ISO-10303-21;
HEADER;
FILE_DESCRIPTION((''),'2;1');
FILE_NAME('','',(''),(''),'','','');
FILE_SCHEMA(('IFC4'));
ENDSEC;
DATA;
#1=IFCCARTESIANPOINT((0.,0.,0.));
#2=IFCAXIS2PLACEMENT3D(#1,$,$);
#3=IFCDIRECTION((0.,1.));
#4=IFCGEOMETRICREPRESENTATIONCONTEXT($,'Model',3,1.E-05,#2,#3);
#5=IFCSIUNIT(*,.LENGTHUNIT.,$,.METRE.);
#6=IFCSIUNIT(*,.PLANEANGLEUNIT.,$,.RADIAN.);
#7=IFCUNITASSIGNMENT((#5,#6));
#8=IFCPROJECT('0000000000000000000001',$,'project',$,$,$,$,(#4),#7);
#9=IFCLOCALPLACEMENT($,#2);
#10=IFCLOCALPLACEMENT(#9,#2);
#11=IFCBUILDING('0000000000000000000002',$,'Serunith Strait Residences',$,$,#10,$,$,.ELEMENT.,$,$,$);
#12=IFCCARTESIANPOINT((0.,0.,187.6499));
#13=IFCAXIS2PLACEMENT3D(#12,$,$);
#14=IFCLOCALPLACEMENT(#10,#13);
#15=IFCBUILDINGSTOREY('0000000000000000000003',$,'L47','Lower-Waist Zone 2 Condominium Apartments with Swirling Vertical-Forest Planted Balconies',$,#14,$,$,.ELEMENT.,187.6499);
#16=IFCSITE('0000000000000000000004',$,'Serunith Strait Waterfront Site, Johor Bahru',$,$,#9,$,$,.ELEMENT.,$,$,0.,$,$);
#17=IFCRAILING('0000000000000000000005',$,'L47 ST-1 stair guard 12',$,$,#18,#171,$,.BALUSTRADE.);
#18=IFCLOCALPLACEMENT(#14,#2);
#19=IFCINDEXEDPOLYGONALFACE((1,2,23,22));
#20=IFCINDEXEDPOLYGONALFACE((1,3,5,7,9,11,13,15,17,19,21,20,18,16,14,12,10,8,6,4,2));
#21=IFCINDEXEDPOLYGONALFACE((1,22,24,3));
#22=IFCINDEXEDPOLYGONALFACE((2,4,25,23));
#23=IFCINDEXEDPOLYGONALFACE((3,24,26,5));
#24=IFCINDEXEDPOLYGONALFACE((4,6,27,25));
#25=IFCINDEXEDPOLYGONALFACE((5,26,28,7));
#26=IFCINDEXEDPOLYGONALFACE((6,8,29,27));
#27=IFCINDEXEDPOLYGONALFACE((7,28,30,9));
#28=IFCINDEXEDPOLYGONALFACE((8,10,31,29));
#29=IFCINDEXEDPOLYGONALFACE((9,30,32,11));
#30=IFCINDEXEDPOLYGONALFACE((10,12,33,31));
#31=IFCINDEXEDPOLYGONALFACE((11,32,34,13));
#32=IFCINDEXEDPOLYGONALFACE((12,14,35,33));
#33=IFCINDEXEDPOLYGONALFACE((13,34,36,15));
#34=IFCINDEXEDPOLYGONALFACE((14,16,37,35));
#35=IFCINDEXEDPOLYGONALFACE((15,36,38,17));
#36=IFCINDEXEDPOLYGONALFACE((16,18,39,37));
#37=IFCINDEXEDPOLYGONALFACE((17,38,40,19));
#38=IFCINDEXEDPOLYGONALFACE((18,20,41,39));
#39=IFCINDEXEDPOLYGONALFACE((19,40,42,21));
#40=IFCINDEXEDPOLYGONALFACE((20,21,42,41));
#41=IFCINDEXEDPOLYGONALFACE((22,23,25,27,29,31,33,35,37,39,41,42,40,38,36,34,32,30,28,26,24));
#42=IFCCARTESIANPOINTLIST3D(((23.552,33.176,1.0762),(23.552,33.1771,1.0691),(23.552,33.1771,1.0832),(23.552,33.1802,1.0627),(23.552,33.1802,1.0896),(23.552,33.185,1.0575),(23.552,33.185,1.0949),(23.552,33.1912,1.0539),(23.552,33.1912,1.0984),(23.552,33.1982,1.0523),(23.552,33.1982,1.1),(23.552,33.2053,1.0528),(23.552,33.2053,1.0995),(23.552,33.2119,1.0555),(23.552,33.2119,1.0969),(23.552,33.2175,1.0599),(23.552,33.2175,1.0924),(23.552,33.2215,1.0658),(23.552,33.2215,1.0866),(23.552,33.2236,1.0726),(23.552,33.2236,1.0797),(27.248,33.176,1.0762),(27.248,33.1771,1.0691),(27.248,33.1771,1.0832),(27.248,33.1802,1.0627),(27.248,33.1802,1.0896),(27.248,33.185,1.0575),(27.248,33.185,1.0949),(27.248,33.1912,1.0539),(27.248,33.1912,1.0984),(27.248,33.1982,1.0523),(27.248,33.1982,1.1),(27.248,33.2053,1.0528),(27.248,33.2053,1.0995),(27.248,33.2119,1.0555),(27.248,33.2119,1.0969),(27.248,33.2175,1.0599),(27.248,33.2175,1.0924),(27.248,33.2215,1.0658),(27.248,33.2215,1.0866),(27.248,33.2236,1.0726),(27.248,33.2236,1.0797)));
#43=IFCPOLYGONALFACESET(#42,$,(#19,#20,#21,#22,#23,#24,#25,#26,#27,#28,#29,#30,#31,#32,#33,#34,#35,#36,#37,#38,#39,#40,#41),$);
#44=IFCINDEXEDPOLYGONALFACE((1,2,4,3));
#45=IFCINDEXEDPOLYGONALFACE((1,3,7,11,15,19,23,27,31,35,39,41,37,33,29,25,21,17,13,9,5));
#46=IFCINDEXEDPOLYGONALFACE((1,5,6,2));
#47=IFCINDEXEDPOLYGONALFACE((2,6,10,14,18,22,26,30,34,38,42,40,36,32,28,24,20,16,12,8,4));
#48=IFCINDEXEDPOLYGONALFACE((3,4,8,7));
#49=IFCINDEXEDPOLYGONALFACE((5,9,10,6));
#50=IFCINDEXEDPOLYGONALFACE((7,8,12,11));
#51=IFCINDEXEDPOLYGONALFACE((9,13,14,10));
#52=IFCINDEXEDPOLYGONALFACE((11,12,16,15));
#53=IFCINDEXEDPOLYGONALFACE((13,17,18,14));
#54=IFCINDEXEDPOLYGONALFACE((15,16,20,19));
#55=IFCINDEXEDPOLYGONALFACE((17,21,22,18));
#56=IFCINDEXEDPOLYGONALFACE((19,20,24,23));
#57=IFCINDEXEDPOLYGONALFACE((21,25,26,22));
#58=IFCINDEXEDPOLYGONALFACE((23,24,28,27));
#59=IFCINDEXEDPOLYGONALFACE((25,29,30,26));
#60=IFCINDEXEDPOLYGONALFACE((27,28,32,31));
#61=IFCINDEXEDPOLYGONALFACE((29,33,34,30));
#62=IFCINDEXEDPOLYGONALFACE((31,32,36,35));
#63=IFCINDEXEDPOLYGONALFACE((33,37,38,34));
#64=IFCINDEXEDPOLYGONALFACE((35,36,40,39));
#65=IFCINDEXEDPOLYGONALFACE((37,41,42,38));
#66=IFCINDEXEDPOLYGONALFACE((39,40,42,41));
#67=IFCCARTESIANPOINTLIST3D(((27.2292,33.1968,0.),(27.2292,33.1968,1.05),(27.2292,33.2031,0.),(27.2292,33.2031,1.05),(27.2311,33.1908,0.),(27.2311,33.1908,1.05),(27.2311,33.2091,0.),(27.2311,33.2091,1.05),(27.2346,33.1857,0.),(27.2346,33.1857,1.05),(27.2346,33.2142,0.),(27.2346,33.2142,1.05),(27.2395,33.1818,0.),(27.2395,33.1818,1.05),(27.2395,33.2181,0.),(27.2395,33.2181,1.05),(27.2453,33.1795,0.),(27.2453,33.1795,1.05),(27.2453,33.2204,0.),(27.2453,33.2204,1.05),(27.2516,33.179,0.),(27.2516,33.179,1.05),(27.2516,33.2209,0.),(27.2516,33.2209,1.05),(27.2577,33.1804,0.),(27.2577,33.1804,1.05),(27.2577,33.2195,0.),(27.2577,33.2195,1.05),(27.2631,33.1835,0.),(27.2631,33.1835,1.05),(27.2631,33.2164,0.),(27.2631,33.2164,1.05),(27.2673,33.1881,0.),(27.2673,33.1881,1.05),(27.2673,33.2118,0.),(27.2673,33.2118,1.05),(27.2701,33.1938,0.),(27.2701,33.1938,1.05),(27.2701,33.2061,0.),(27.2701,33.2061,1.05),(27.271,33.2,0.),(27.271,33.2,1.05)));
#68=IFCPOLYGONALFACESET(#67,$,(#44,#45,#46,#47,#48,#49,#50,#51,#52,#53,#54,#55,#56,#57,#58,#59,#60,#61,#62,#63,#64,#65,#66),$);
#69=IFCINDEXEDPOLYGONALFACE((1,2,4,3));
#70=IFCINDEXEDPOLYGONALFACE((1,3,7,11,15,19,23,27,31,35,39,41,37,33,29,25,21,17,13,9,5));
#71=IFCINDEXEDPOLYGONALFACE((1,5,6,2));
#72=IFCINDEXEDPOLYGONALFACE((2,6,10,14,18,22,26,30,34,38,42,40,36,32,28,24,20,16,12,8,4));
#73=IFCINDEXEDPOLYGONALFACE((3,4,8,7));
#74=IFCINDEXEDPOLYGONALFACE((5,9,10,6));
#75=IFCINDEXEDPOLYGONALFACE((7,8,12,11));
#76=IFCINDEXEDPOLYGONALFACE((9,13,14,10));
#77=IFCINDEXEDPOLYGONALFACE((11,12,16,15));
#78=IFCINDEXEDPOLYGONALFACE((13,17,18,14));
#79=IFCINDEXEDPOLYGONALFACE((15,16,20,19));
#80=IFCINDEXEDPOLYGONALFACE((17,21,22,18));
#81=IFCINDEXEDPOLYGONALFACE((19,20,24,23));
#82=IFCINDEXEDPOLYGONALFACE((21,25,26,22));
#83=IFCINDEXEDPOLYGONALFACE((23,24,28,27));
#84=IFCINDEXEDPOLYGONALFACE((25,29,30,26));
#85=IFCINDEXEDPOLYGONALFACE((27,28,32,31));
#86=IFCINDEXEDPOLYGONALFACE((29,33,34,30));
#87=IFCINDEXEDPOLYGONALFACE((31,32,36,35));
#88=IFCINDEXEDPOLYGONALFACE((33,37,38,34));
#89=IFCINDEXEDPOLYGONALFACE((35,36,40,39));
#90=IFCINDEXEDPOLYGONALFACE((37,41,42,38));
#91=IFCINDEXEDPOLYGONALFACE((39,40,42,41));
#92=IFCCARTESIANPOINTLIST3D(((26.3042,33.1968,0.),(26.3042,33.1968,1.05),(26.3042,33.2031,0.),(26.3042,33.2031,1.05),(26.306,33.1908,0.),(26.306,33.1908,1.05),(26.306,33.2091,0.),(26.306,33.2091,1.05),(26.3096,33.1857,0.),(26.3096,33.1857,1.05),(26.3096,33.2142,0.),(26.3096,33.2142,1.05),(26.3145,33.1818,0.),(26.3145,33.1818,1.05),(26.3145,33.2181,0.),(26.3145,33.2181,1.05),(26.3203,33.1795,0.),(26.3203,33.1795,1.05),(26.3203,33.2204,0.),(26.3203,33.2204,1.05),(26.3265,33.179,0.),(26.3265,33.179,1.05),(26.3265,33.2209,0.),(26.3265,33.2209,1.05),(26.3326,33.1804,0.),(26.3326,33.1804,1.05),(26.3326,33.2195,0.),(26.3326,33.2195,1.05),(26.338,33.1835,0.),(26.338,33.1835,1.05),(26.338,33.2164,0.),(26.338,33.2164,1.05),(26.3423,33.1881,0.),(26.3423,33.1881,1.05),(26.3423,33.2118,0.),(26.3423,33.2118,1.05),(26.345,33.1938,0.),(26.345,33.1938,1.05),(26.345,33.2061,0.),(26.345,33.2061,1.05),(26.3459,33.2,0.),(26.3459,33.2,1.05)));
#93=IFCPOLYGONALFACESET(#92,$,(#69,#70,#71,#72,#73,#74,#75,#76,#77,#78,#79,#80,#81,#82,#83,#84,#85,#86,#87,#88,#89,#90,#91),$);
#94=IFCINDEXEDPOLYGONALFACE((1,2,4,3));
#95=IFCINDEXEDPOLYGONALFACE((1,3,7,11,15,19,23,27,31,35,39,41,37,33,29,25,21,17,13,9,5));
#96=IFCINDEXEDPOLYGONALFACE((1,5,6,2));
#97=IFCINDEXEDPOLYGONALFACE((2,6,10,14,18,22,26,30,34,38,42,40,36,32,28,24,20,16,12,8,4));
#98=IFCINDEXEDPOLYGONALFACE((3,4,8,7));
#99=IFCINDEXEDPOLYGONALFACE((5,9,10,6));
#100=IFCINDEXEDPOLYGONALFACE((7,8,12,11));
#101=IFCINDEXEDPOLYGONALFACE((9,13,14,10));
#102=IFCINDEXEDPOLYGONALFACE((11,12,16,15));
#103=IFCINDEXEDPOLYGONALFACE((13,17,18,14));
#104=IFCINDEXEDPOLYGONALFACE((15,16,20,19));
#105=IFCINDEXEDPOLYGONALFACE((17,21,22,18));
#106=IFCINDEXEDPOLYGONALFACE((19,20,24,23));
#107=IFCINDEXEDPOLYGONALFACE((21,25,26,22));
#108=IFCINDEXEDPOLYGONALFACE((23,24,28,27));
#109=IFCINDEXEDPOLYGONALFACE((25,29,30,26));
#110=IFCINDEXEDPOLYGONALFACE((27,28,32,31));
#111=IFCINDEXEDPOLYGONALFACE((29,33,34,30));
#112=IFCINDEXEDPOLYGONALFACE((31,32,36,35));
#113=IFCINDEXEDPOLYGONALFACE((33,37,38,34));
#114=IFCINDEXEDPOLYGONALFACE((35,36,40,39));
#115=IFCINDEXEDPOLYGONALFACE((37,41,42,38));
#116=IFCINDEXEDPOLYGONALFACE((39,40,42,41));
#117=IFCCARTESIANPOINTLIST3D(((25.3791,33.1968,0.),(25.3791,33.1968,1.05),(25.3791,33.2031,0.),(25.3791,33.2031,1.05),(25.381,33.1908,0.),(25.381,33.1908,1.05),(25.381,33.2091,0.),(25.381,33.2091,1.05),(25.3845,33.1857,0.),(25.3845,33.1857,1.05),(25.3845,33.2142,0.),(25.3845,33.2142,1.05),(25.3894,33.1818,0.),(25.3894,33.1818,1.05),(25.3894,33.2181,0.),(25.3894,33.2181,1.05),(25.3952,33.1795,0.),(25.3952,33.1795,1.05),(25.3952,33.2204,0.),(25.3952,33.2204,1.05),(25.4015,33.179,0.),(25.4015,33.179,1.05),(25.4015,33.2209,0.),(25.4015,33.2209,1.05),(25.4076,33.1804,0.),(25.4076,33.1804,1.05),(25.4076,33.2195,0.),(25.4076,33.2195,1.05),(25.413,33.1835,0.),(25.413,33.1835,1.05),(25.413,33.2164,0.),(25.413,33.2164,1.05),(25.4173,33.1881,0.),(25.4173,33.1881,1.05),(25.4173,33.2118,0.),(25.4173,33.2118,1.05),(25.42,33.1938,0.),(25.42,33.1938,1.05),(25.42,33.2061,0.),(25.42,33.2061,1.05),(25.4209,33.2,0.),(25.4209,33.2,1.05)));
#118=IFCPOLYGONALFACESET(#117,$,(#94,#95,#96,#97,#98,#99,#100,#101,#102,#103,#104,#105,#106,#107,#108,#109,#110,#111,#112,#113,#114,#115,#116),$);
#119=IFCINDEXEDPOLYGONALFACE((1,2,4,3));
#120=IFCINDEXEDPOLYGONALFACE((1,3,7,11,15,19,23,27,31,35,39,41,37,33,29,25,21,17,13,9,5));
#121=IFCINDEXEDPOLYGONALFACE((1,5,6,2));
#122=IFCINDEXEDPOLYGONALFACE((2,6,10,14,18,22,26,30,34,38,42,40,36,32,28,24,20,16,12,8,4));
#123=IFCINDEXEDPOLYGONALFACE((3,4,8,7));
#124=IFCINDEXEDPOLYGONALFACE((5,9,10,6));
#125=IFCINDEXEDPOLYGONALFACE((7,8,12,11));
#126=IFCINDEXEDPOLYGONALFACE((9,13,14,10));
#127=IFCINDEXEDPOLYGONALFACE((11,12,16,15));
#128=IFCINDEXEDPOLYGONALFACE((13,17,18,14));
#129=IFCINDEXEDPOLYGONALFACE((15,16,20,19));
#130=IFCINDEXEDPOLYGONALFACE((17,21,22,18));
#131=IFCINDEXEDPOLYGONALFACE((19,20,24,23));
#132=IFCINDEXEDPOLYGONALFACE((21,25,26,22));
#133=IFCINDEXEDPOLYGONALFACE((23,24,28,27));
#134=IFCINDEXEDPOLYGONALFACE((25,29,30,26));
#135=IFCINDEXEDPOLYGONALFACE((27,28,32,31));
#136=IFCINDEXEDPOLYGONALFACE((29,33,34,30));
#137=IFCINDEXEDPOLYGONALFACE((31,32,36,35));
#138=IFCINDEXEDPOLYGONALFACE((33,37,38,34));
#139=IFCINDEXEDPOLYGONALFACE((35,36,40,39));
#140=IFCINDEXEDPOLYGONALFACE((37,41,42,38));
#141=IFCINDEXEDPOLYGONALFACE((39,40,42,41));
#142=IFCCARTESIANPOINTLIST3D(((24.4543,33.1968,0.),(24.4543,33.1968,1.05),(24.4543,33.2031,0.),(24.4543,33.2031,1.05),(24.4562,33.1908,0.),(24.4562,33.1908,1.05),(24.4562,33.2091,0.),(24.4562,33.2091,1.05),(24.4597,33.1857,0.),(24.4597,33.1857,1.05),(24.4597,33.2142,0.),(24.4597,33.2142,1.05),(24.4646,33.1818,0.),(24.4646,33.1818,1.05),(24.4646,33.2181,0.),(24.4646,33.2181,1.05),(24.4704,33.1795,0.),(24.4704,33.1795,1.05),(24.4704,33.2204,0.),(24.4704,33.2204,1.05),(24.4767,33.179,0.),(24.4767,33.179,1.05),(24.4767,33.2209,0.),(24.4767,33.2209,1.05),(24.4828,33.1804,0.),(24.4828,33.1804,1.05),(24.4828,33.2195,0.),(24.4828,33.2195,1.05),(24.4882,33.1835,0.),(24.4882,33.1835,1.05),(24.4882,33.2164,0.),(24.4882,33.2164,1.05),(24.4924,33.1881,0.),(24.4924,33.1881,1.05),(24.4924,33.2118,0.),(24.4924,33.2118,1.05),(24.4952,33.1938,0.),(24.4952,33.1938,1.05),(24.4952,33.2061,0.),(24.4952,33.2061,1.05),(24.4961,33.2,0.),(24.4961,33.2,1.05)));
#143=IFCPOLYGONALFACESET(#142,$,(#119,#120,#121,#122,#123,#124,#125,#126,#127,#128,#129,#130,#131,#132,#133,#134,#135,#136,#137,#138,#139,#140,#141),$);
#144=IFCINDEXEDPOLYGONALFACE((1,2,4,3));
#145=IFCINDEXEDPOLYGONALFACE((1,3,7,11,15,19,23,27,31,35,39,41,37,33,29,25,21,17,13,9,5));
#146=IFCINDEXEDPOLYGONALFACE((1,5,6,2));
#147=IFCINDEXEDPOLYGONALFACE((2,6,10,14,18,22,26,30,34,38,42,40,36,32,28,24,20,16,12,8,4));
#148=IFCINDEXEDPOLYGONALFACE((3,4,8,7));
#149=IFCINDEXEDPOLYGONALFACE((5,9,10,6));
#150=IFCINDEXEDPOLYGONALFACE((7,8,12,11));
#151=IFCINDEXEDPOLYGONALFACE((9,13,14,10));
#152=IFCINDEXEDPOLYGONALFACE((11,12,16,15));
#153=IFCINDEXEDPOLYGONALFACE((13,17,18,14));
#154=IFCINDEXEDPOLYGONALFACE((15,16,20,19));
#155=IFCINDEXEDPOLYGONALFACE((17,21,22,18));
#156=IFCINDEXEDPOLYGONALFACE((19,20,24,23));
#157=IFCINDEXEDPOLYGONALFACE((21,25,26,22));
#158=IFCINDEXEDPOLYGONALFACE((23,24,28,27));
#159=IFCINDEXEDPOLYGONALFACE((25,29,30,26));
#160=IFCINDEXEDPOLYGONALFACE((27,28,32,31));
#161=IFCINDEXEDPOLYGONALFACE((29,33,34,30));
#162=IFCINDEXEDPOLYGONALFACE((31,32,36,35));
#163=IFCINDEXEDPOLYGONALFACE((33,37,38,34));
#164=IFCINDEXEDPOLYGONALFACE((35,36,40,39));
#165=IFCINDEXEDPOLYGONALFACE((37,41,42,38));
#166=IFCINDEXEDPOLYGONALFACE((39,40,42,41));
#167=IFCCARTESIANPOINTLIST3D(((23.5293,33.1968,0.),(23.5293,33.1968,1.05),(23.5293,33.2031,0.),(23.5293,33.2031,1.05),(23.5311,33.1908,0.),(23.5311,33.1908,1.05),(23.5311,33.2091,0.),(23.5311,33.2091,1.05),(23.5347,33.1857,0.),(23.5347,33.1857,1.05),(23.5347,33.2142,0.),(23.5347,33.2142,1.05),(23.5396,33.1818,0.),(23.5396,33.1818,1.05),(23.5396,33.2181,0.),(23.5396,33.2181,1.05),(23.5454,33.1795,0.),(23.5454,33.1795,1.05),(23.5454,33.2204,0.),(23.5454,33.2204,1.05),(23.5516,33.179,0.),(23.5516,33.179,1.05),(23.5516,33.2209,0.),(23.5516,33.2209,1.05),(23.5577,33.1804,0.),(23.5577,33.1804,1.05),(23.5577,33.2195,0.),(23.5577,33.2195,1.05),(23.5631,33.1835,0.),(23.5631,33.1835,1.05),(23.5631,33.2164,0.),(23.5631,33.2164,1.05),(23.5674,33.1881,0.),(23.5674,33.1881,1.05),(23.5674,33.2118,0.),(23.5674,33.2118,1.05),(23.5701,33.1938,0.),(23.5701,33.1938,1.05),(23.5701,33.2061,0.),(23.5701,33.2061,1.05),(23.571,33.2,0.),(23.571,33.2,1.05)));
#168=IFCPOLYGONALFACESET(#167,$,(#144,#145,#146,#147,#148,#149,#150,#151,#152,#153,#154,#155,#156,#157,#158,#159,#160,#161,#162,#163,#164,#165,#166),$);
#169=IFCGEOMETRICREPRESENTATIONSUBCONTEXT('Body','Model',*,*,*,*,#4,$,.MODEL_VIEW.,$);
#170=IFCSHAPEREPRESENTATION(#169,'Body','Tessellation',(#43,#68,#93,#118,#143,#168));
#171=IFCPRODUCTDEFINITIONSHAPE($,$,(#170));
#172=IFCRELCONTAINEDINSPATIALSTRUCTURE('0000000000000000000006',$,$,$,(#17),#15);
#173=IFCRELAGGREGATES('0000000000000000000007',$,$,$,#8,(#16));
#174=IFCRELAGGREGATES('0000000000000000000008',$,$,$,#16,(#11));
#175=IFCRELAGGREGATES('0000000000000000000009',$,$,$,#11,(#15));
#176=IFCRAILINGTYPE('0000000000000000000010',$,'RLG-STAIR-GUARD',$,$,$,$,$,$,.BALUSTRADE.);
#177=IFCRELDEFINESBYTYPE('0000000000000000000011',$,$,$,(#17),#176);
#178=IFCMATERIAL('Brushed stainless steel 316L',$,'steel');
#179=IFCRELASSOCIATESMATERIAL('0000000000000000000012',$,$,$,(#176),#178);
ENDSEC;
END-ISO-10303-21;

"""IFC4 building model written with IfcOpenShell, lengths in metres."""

from ifc_helpers import new_model, si_unit, direction, frame, origin, origin_2d, place, context, subcontext, project, spatial, circle, extrude, material, type_object, element, save


model = new_model("IFC4")

# Units and contexts
model_context = context("Model", 3, precision=1e-05, world=origin(), true_north=direction((0.0, 1.0)))
body_context = subcontext(model_context, "Body", "Model", "MODEL_VIEW")
ifc_project = project(units=[si_unit("LENGTHUNIT", "METRE"), si_unit("PLANEANGLEUNIT", "RADIAN")], contexts=[model_context])

# Site, building, storey
site_placement = place(None, origin())
site = spatial("IfcSite", under=ifc_project, at=site_placement, Name="Serunith Strait Waterfront Site, Johor Bahru", CompositionType="ELEMENT", RefElevation=0.0)
building_placement = place(site_placement, origin())
building = spatial("IfcBuilding", under=site, at=building_placement, Name="Serunith Strait Residences", CompositionType="ELEMENT")
storey_placement = place(building_placement, frame((0.0, 0.0, 187.6499)))
storey = spatial("IfcBuildingStorey", under=building, at=storey_placement, Name="L47", Description="Lower-Waist Zone 2 Condominium Apartments with Swirling Vertical-Forest Planted Balconies", CompositionType="ELEMENT", Elevation=187.6499)

# Railing
ifc_material_1 = material(Name="Brushed stainless steel 316L", Category="steel")
railing_type = type_object("IfcRailingType", Name="RLG-STAIR-GUARD", PredefinedType="BALUSTRADE", material=ifc_material_1)
railing_1_placement = place(storey_placement, frame((27.25, 33.2, 0.0)))
element("IfcRailing", 1, at=railing_1_placement, inside=storey, type_object=railing_type, Name="L47 ST-1 stair guard 12", PredefinedType="BALUSTRADE", context=body_context, shape_type="SweptSolid", body=[
    extrude(circle(Radius=0.0239, at=origin_2d()), frame((-0.002, 0.0, 1.0762), z_axis=(-1.0, 0.0, 0.0), x_axis=(0.0, -1.0, 0.0)), (0.0, 0.0, 1.0), 3.696),
    extrude(circle(Radius=0.021, at=origin_2d()), origin(), (0.0, 0.0, 1.0), 1.05),
    extrude(circle(Radius=0.021, at=origin_2d()), frame((-0.925, 0.0, 0.0)), (0.0, 0.0, 1.0), 1.05),
    extrude(circle(Radius=0.021, at=origin_2d()), frame((-1.8501, 0.0, 0.0)), (0.0, 0.0, 1.0), 1.05),
    extrude(circle(Radius=0.021, at=origin_2d()), frame((-2.7749, 0.0, 0.0)), (0.0, 0.0, 1.0), 1.05),
    extrude(circle(Radius=0.021, at=origin_2d()), frame((-3.7, 0.0, 0.0)), (0.0, 0.0, 1.0), 1.05),
])

save(model, "model.ifc")
